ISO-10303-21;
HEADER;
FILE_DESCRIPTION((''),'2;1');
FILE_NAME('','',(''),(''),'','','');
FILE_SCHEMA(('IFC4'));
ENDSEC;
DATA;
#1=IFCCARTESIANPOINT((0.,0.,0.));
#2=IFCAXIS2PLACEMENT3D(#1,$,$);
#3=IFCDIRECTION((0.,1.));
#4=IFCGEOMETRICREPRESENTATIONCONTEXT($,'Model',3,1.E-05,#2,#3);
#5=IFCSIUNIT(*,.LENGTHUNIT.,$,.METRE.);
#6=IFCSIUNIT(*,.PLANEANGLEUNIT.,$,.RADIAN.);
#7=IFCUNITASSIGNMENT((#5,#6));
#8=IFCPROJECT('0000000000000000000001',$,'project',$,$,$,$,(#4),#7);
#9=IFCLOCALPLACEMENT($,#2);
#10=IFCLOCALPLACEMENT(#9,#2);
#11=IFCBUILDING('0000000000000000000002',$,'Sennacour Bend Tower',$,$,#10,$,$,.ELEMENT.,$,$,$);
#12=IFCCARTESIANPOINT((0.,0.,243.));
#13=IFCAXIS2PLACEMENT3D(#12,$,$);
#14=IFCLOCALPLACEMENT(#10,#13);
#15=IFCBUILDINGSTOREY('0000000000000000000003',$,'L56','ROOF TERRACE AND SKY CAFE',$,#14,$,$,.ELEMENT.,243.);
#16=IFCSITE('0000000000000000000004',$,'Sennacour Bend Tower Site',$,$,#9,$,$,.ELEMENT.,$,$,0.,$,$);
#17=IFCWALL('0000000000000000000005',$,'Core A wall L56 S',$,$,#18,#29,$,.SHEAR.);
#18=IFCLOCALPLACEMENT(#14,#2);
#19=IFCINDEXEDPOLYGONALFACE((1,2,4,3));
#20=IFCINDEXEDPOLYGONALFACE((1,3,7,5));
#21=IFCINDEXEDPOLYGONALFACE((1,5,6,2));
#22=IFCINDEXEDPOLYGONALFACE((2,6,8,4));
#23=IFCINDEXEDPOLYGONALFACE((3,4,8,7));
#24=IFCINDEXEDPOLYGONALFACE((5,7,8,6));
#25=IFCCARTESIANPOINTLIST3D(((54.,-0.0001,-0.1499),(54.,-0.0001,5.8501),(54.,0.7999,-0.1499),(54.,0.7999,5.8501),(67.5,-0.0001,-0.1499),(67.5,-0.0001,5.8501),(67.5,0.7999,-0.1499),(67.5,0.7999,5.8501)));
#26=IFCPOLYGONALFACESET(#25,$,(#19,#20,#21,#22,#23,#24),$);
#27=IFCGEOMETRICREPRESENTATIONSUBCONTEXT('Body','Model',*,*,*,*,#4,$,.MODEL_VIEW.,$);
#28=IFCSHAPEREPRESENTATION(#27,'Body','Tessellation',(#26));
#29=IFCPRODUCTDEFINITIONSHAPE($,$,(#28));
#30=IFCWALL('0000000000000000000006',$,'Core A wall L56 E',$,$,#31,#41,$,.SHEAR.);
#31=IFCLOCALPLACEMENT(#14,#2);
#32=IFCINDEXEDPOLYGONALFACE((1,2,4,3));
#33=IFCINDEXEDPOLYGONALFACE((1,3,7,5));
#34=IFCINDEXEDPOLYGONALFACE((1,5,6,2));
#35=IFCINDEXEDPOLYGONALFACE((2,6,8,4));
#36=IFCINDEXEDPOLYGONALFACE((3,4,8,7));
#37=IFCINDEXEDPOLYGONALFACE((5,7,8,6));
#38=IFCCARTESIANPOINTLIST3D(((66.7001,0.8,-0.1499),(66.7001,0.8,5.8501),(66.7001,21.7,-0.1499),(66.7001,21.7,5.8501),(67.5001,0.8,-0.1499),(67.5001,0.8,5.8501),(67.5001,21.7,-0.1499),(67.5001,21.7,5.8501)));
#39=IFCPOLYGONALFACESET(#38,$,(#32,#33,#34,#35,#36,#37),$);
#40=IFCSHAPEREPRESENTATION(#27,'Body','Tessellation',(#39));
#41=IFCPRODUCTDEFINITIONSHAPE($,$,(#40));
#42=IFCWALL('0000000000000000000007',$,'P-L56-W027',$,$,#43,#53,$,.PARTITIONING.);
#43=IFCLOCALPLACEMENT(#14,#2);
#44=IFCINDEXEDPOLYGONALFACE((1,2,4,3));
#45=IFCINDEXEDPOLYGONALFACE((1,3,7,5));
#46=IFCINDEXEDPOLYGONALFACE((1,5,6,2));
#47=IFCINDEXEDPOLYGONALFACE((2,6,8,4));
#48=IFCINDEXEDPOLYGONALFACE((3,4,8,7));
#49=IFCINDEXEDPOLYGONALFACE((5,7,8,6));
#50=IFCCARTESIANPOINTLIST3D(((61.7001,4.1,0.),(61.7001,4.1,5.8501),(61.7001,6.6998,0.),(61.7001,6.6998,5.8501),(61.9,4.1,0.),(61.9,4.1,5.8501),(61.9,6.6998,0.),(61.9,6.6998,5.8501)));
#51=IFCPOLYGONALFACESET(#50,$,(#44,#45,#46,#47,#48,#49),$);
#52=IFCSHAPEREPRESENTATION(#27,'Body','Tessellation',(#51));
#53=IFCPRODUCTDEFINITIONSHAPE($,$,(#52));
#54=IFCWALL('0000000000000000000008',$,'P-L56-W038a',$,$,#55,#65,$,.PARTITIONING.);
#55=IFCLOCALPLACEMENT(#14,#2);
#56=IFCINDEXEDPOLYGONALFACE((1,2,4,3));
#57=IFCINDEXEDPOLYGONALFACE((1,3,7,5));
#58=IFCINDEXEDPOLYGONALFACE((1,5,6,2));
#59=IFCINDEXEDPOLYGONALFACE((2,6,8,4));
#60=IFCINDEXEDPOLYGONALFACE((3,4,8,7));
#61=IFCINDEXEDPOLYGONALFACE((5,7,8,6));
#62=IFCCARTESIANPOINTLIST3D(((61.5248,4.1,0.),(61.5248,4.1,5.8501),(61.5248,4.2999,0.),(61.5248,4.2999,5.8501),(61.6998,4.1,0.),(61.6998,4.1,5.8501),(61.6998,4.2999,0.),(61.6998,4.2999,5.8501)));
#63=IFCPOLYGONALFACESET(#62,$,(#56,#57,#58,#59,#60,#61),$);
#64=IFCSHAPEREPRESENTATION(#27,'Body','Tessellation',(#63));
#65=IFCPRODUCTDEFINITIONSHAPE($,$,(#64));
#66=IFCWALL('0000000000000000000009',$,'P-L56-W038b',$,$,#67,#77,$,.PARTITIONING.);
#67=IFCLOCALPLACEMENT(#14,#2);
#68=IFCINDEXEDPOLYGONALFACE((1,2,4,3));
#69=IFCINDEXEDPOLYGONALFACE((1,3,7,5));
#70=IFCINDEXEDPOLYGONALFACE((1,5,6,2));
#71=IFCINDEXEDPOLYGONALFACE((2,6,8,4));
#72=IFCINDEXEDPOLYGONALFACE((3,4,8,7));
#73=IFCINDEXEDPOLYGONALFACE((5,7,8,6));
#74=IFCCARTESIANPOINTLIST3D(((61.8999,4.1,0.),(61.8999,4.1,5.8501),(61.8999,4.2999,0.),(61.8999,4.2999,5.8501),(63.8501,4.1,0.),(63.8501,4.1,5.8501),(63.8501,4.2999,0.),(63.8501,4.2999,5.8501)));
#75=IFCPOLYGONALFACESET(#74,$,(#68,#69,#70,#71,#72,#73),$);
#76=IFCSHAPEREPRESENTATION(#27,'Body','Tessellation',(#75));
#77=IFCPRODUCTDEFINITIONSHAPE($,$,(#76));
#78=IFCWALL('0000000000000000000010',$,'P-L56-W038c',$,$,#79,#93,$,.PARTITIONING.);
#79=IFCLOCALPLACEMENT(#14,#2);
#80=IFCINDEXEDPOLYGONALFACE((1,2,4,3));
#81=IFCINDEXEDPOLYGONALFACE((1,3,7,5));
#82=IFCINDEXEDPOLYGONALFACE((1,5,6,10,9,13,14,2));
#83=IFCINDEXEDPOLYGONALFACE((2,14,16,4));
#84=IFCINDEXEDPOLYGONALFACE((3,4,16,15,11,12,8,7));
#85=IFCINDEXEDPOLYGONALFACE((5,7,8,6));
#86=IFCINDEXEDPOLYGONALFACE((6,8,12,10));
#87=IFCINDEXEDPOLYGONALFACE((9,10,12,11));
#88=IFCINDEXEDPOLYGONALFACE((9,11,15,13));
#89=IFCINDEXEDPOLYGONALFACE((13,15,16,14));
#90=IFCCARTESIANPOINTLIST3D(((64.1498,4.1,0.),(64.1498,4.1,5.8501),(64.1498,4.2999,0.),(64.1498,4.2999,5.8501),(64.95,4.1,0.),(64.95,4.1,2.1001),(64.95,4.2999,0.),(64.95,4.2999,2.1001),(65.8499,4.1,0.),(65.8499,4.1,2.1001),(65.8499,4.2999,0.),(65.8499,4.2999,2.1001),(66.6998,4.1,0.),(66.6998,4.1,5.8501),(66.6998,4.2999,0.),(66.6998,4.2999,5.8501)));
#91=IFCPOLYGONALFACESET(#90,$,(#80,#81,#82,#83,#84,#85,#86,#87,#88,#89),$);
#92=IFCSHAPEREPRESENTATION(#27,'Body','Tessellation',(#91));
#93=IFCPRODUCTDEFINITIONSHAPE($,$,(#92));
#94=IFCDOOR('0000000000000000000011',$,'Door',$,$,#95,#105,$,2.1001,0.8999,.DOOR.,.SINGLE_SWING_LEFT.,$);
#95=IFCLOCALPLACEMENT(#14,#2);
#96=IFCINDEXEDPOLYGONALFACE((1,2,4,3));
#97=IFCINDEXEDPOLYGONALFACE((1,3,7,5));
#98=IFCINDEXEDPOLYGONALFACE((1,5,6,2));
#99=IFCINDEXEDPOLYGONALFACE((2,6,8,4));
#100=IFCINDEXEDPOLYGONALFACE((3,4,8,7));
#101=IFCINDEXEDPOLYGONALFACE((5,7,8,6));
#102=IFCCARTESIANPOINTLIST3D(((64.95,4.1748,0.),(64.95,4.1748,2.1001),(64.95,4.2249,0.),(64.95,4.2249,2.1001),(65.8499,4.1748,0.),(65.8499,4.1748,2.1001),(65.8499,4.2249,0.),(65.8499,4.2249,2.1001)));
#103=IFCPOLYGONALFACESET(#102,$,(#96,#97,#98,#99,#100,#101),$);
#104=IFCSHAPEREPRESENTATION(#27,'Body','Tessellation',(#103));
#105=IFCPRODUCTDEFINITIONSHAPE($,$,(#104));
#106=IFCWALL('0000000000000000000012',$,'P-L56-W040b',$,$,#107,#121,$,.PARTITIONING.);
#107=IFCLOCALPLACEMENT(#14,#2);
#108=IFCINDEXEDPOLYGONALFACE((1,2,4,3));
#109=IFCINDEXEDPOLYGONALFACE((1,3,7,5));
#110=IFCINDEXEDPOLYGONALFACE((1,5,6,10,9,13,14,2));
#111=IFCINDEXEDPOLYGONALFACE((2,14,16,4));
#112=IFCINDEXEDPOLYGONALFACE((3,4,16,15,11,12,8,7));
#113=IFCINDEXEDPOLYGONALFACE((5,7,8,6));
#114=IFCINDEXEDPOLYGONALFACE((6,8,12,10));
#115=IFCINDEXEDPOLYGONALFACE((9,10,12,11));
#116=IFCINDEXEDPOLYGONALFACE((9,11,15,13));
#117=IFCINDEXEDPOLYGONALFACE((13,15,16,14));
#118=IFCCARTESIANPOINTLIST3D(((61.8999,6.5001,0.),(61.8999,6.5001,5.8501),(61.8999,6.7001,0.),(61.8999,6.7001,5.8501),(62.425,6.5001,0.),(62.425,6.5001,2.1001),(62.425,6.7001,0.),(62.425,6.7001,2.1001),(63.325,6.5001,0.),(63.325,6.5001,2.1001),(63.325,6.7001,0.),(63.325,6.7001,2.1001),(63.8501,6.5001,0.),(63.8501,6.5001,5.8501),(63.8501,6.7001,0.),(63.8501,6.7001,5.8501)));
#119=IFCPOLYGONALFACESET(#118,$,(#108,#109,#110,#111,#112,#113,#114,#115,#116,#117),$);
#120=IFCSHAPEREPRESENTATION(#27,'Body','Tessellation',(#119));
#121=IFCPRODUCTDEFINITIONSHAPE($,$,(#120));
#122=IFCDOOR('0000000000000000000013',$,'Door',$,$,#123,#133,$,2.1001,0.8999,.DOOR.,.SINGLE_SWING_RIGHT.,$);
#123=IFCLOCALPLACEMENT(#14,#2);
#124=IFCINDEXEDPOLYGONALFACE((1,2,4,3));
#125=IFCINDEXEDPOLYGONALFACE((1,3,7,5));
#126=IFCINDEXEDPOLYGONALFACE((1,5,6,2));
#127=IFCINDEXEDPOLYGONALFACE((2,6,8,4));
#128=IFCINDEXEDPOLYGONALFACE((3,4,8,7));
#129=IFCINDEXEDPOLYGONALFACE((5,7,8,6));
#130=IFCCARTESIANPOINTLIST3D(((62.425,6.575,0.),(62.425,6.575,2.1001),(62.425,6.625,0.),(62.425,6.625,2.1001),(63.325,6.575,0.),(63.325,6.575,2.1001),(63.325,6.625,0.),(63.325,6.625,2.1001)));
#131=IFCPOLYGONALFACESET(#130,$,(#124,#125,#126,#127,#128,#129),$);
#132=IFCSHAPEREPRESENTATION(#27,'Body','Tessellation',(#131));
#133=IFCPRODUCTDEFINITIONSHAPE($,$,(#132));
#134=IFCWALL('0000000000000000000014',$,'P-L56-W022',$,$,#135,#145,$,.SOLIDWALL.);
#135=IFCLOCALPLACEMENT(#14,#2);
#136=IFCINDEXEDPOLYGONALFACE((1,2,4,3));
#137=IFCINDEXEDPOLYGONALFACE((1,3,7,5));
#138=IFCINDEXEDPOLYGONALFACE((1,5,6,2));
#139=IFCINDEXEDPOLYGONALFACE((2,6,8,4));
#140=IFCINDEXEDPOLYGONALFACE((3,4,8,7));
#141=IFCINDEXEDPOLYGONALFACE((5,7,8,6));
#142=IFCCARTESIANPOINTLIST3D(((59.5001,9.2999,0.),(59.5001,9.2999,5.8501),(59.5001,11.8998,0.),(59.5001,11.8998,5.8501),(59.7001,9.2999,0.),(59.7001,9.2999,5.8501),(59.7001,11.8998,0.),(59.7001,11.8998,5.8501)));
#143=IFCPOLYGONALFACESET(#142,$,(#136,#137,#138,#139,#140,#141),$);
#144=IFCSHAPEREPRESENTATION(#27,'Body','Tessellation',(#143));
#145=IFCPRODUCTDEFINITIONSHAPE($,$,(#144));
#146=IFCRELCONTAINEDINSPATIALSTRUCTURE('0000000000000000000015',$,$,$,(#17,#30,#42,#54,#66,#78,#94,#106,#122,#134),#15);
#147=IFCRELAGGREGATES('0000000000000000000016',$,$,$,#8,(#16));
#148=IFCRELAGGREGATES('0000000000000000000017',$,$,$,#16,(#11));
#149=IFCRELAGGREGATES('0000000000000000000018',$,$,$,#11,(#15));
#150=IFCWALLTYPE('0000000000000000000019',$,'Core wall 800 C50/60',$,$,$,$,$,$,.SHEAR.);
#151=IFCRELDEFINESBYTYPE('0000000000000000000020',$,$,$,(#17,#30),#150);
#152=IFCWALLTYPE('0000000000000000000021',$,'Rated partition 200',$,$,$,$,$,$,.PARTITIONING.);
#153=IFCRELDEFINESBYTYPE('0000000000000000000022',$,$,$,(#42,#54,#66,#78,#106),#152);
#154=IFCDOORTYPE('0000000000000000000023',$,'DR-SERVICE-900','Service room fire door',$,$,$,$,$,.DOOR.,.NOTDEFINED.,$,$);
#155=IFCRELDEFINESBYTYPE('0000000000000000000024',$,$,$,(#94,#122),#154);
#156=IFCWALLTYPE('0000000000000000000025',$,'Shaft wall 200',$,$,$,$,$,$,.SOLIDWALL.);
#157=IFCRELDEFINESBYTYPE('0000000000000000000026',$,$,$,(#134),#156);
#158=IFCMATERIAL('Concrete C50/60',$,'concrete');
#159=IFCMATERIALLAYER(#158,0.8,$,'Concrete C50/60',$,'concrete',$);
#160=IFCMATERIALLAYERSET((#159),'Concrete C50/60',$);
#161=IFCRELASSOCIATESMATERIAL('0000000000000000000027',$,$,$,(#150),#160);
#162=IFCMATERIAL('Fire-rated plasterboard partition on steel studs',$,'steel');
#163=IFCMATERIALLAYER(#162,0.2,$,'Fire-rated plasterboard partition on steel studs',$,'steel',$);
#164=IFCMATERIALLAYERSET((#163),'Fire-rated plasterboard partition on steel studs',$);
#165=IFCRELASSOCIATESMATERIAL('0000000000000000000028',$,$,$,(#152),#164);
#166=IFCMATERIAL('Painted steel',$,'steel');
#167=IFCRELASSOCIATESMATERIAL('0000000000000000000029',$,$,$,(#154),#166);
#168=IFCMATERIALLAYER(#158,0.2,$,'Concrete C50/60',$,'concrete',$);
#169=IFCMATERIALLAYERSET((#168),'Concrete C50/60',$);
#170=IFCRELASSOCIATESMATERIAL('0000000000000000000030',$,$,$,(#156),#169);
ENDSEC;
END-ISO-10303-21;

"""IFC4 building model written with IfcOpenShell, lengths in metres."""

from ifc_helpers import new_model, si_unit, direction, frame, frame_2d, origin, place, context, subcontext, project, spatial, rectangle, extrude, material, layer, layer_set, type_object, element, fill, save


model = new_model("IFC4")

# Units and contexts
model_context = context("Model", 3, precision=1e-05, world=origin(), true_north=direction((0.0, 1.0)))
body_context = subcontext(model_context, "Body", "Model", "MODEL_VIEW")
ifc_project = project(units=[si_unit("LENGTHUNIT", "METRE"), si_unit("PLANEANGLEUNIT", "RADIAN")], contexts=[model_context])

# Site, building, storey
site_placement = place(None, origin())
site = spatial("IfcSite", under=ifc_project, at=site_placement, Name="Sennacour Bend Tower Site", CompositionType="ELEMENT", RefElevation=0.0)
building_placement = place(site_placement, origin())
building = spatial("IfcBuilding", under=site, at=building_placement, Name="Sennacour Bend Tower", CompositionType="ELEMENT")
storey_placement = place(building_placement, frame((0.0, 0.0, 243.0)))
storey = spatial("IfcBuildingStorey", under=building, at=storey_placement, Name="L56", Description="ROOF TERRACE AND SKY CAFE", CompositionType="ELEMENT", Elevation=243.0)

# Walls
ifc_material_1 = material(Name="Concrete C50/60", Category="concrete")
ifc_layer_1 = layer(ifc_material_1, 0.8, Name="Concrete C50/60", Category="concrete")
ifc_layer_set_1 = layer_set([ifc_layer_1], Name="Concrete C50/60")
wall_type_1 = type_object("IfcWallType", Name="Core wall 800 C50/60", PredefinedType="SHEAR", material=ifc_layer_set_1)
wall_1_placement = place(storey_placement, frame((67.5, 0.3999, -0.1499), z_axis=(0.0, 0.0, 1.0), x_axis=(-1.0, 0.0, 0.0)))
element("IfcWall", 1, at=wall_1_placement, inside=storey, type_object=wall_type_1, Name="Core A wall L56 S", PredefinedType="SHEAR", context=body_context, shape_type="SweptSolid", body=[
    extrude(rectangle(XDim=13.5, YDim=0.8, at=frame_2d((6.75, 0.0))), origin(), (0.0, 0.0, 1.0), 6.0),
])
wall_2_placement = place(storey_placement, frame((67.1001, 0.8, -0.1499), z_axis=(0.0, 0.0, 1.0), x_axis=(0.0, 1.0, 0.0)))
element("IfcWall", 2, at=wall_2_placement, inside=storey, type_object=wall_type_1, Name="Core A wall L56 E", PredefinedType="SHEAR", context=body_context, shape_type="SweptSolid", body=[
    extrude(rectangle(XDim=20.8999, YDim=0.8, at=frame_2d((10.45, 0.0))), origin(), (0.0, 0.0, 1.0), 6.0),
])
ifc_material_2 = material(Name="Fire-rated plasterboard partition on steel studs", Category="steel")
ifc_layer_2 = layer(ifc_material_2, 0.2, Name="Fire-rated plasterboard partition on steel studs", Category="steel")
ifc_layer_set_2 = layer_set([ifc_layer_2], Name="Fire-rated plasterboard partition on steel studs")
wall_type_2 = type_object("IfcWallType", Name="Rated partition 200", PredefinedType="PARTITIONING", material=ifc_layer_set_2)
wall_3_placement = place(storey_placement, frame((61.8, 4.1001, 0.0), z_axis=(0.0, 0.0, 1.0), x_axis=(0.0, 1.0, 0.0)))
element("IfcWall", 3, at=wall_3_placement, inside=storey, type_object=wall_type_2, Name="P-L56-W027", PredefinedType="PARTITIONING", context=body_context, shape_type="SweptSolid", body=[
    extrude(rectangle(XDim=2.5999, YDim=0.2, at=frame_2d((1.2998, 0.0))), origin(), (0.0, 0.0, 1.0), 5.8501),
])
wall_4_placement = place(storey_placement, frame((61.5249, 4.2, 0.0), z_axis=(0.0, 0.0, 1.0), x_axis=(1.0, 0.0, 0.0)))
element("IfcWall", 4, at=wall_4_placement, inside=storey, type_object=wall_type_2, Name="P-L56-W038a", PredefinedType="PARTITIONING", context=body_context, shape_type="SweptSolid", body=[
    extrude(rectangle(XDim=0.175, YDim=0.2, at=frame_2d((0.0874, 0.0))), origin(), (0.0, 0.0, 1.0), 5.8501),
])
wall_5_placement = place(storey_placement, frame((61.8999, 4.2, 0.0), z_axis=(0.0, 0.0, 1.0), x_axis=(1.0, 0.0, 0.0)))
element("IfcWall", 5, at=wall_5_placement, inside=storey, type_object=wall_type_2, Name="P-L56-W038b", PredefinedType="PARTITIONING", context=body_context, shape_type="SweptSolid", body=[
    extrude(rectangle(XDim=1.9502, YDim=0.2, at=frame_2d((0.9751, 0.0))), origin(), (0.0, 0.0, 1.0), 5.8501),
])

# Walls, openings, doors
wall_6_placement = place(storey_placement, frame((64.1499, 4.2, 0.0), z_axis=(0.0, 0.0, 1.0), x_axis=(1.0, 0.0, 0.0)))
wall_6 = element("IfcWall", 6, at=wall_6_placement, inside=storey, type_object=wall_type_2, Name="P-L56-W038c", PredefinedType="PARTITIONING", context=body_context, shape_type="SweptSolid", body=[
    extrude(rectangle(XDim=2.55, YDim=0.2, at=frame_2d((1.2749, 0.0))), origin(), (0.0, 0.0, 1.0), 5.8501),
])
opening_1_placement = place(wall_6_placement, frame((0.8, 0.0, 0.0)))
opening_1 = element("IfcOpeningElement", 7, at=opening_1_placement, cuts=wall_6, PredefinedType="OPENING", context=body_context, shape_type="SweptSolid", body=[
    extrude(rectangle(XDim=0.8999, YDim=2.1001, at=frame_2d((0.45, 1.05))), frame((0.0, 0.1099, 0.0), z_axis=(0.0, -1.0, 0.0), x_axis=(1.0, 0.0, 0.0)), (0.0, 0.0, 1.0), 0.22),
])
ifc_material_3 = material(Name="Painted steel", Category="steel")
door_type_1 = type_object("IfcDoorType", Name="DR-SERVICE-900", Description="Service room fire door", OperationType="NOTDEFINED", PredefinedType="DOOR", material=ifc_material_3)
door_1_placement = place(opening_1_placement, origin())
door_1 = element("IfcDoor", 8, at=door_1_placement, inside=storey, type_object=door_type_1, Name="Door", OperationType="SINGLE_SWING_LEFT", OverallHeight=2.1001, OverallWidth=0.8999, PredefinedType="DOOR", context=body_context, shape_type="SweptSolid", body=[
    extrude(rectangle(XDim=0.8999, YDim=2.1001, at=frame_2d((0.45, 1.05))), frame((0.0, 0.0249, 0.0), z_axis=(0.0, -1.0, 0.0), x_axis=(1.0, 0.0, 0.0)), (0.0, 0.0, 1.0), 0.05),
])
fill(opening_1, door_1)
wall_7_placement = place(storey_placement, frame((61.8999, 6.6001, 0.0), z_axis=(0.0, 0.0, 1.0), x_axis=(1.0, 0.0, 0.0)))
wall_7 = element("IfcWall", 9, at=wall_7_placement, inside=storey, type_object=wall_type_2, Name="P-L56-W040b", PredefinedType="PARTITIONING", context=body_context, shape_type="SweptSolid", body=[
    extrude(rectangle(XDim=1.9502, YDim=0.2, at=frame_2d((0.9751, 0.0))), origin(), (0.0, 0.0, 1.0), 5.8501),
])
opening_2_placement = place(wall_7_placement, frame((0.5251, 0.0, 0.0)))
opening_2 = element("IfcOpeningElement", 10, at=opening_2_placement, cuts=wall_7, PredefinedType="OPENING", context=body_context, shape_type="SweptSolid", body=[
    extrude(rectangle(XDim=0.8999, YDim=2.1001, at=frame_2d((0.45, 1.05))), frame((0.0, 0.1099, 0.0), z_axis=(0.0, -1.0, 0.0), x_axis=(1.0, 0.0, 0.0)), (0.0, 0.0, 1.0), 0.22),
])
door_2_placement = place(opening_2_placement, origin())
door_2 = element("IfcDoor", 11, at=door_2_placement, inside=storey, type_object=door_type_1, Name="Door", OperationType="SINGLE_SWING_RIGHT", OverallHeight=2.1001, OverallWidth=0.8999, PredefinedType="DOOR", context=body_context, shape_type="SweptSolid", body=[
    extrude(rectangle(XDim=0.8999, YDim=2.1001, at=frame_2d((0.45, 1.05))), frame((0.0, 0.0249, 0.0), z_axis=(0.0, -1.0, 0.0), x_axis=(1.0, 0.0, 0.0)), (0.0, 0.0, 1.0), 0.05),
])
fill(opening_2, door_2)

# Wall
ifc_layer_3 = layer(ifc_material_1, 0.2, Name="Concrete C50/60", Category="concrete")
ifc_layer_set_3 = layer_set([ifc_layer_3], Name="Concrete C50/60")
wall_type_3 = type_object("IfcWallType", Name="Shaft wall 200", PredefinedType="SOLIDWALL", material=ifc_layer_set_3)
wall_8_placement = place(storey_placement, frame((59.6001, 9.3, 0.0), z_axis=(0.0, 0.0, 1.0), x_axis=(0.0, 1.0, 0.0)))
element("IfcWall", 12, at=wall_8_placement, inside=storey, type_object=wall_type_3, Name="P-L56-W022", PredefinedType="SOLIDWALL", context=body_context, shape_type="SweptSolid", body=[
    extrude(rectangle(XDim=2.5999, YDim=0.2, at=frame_2d((1.2998, 0.0))), origin(), (0.0, 0.0, 1.0), 5.8501),
])

save(model, "model.ifc")
